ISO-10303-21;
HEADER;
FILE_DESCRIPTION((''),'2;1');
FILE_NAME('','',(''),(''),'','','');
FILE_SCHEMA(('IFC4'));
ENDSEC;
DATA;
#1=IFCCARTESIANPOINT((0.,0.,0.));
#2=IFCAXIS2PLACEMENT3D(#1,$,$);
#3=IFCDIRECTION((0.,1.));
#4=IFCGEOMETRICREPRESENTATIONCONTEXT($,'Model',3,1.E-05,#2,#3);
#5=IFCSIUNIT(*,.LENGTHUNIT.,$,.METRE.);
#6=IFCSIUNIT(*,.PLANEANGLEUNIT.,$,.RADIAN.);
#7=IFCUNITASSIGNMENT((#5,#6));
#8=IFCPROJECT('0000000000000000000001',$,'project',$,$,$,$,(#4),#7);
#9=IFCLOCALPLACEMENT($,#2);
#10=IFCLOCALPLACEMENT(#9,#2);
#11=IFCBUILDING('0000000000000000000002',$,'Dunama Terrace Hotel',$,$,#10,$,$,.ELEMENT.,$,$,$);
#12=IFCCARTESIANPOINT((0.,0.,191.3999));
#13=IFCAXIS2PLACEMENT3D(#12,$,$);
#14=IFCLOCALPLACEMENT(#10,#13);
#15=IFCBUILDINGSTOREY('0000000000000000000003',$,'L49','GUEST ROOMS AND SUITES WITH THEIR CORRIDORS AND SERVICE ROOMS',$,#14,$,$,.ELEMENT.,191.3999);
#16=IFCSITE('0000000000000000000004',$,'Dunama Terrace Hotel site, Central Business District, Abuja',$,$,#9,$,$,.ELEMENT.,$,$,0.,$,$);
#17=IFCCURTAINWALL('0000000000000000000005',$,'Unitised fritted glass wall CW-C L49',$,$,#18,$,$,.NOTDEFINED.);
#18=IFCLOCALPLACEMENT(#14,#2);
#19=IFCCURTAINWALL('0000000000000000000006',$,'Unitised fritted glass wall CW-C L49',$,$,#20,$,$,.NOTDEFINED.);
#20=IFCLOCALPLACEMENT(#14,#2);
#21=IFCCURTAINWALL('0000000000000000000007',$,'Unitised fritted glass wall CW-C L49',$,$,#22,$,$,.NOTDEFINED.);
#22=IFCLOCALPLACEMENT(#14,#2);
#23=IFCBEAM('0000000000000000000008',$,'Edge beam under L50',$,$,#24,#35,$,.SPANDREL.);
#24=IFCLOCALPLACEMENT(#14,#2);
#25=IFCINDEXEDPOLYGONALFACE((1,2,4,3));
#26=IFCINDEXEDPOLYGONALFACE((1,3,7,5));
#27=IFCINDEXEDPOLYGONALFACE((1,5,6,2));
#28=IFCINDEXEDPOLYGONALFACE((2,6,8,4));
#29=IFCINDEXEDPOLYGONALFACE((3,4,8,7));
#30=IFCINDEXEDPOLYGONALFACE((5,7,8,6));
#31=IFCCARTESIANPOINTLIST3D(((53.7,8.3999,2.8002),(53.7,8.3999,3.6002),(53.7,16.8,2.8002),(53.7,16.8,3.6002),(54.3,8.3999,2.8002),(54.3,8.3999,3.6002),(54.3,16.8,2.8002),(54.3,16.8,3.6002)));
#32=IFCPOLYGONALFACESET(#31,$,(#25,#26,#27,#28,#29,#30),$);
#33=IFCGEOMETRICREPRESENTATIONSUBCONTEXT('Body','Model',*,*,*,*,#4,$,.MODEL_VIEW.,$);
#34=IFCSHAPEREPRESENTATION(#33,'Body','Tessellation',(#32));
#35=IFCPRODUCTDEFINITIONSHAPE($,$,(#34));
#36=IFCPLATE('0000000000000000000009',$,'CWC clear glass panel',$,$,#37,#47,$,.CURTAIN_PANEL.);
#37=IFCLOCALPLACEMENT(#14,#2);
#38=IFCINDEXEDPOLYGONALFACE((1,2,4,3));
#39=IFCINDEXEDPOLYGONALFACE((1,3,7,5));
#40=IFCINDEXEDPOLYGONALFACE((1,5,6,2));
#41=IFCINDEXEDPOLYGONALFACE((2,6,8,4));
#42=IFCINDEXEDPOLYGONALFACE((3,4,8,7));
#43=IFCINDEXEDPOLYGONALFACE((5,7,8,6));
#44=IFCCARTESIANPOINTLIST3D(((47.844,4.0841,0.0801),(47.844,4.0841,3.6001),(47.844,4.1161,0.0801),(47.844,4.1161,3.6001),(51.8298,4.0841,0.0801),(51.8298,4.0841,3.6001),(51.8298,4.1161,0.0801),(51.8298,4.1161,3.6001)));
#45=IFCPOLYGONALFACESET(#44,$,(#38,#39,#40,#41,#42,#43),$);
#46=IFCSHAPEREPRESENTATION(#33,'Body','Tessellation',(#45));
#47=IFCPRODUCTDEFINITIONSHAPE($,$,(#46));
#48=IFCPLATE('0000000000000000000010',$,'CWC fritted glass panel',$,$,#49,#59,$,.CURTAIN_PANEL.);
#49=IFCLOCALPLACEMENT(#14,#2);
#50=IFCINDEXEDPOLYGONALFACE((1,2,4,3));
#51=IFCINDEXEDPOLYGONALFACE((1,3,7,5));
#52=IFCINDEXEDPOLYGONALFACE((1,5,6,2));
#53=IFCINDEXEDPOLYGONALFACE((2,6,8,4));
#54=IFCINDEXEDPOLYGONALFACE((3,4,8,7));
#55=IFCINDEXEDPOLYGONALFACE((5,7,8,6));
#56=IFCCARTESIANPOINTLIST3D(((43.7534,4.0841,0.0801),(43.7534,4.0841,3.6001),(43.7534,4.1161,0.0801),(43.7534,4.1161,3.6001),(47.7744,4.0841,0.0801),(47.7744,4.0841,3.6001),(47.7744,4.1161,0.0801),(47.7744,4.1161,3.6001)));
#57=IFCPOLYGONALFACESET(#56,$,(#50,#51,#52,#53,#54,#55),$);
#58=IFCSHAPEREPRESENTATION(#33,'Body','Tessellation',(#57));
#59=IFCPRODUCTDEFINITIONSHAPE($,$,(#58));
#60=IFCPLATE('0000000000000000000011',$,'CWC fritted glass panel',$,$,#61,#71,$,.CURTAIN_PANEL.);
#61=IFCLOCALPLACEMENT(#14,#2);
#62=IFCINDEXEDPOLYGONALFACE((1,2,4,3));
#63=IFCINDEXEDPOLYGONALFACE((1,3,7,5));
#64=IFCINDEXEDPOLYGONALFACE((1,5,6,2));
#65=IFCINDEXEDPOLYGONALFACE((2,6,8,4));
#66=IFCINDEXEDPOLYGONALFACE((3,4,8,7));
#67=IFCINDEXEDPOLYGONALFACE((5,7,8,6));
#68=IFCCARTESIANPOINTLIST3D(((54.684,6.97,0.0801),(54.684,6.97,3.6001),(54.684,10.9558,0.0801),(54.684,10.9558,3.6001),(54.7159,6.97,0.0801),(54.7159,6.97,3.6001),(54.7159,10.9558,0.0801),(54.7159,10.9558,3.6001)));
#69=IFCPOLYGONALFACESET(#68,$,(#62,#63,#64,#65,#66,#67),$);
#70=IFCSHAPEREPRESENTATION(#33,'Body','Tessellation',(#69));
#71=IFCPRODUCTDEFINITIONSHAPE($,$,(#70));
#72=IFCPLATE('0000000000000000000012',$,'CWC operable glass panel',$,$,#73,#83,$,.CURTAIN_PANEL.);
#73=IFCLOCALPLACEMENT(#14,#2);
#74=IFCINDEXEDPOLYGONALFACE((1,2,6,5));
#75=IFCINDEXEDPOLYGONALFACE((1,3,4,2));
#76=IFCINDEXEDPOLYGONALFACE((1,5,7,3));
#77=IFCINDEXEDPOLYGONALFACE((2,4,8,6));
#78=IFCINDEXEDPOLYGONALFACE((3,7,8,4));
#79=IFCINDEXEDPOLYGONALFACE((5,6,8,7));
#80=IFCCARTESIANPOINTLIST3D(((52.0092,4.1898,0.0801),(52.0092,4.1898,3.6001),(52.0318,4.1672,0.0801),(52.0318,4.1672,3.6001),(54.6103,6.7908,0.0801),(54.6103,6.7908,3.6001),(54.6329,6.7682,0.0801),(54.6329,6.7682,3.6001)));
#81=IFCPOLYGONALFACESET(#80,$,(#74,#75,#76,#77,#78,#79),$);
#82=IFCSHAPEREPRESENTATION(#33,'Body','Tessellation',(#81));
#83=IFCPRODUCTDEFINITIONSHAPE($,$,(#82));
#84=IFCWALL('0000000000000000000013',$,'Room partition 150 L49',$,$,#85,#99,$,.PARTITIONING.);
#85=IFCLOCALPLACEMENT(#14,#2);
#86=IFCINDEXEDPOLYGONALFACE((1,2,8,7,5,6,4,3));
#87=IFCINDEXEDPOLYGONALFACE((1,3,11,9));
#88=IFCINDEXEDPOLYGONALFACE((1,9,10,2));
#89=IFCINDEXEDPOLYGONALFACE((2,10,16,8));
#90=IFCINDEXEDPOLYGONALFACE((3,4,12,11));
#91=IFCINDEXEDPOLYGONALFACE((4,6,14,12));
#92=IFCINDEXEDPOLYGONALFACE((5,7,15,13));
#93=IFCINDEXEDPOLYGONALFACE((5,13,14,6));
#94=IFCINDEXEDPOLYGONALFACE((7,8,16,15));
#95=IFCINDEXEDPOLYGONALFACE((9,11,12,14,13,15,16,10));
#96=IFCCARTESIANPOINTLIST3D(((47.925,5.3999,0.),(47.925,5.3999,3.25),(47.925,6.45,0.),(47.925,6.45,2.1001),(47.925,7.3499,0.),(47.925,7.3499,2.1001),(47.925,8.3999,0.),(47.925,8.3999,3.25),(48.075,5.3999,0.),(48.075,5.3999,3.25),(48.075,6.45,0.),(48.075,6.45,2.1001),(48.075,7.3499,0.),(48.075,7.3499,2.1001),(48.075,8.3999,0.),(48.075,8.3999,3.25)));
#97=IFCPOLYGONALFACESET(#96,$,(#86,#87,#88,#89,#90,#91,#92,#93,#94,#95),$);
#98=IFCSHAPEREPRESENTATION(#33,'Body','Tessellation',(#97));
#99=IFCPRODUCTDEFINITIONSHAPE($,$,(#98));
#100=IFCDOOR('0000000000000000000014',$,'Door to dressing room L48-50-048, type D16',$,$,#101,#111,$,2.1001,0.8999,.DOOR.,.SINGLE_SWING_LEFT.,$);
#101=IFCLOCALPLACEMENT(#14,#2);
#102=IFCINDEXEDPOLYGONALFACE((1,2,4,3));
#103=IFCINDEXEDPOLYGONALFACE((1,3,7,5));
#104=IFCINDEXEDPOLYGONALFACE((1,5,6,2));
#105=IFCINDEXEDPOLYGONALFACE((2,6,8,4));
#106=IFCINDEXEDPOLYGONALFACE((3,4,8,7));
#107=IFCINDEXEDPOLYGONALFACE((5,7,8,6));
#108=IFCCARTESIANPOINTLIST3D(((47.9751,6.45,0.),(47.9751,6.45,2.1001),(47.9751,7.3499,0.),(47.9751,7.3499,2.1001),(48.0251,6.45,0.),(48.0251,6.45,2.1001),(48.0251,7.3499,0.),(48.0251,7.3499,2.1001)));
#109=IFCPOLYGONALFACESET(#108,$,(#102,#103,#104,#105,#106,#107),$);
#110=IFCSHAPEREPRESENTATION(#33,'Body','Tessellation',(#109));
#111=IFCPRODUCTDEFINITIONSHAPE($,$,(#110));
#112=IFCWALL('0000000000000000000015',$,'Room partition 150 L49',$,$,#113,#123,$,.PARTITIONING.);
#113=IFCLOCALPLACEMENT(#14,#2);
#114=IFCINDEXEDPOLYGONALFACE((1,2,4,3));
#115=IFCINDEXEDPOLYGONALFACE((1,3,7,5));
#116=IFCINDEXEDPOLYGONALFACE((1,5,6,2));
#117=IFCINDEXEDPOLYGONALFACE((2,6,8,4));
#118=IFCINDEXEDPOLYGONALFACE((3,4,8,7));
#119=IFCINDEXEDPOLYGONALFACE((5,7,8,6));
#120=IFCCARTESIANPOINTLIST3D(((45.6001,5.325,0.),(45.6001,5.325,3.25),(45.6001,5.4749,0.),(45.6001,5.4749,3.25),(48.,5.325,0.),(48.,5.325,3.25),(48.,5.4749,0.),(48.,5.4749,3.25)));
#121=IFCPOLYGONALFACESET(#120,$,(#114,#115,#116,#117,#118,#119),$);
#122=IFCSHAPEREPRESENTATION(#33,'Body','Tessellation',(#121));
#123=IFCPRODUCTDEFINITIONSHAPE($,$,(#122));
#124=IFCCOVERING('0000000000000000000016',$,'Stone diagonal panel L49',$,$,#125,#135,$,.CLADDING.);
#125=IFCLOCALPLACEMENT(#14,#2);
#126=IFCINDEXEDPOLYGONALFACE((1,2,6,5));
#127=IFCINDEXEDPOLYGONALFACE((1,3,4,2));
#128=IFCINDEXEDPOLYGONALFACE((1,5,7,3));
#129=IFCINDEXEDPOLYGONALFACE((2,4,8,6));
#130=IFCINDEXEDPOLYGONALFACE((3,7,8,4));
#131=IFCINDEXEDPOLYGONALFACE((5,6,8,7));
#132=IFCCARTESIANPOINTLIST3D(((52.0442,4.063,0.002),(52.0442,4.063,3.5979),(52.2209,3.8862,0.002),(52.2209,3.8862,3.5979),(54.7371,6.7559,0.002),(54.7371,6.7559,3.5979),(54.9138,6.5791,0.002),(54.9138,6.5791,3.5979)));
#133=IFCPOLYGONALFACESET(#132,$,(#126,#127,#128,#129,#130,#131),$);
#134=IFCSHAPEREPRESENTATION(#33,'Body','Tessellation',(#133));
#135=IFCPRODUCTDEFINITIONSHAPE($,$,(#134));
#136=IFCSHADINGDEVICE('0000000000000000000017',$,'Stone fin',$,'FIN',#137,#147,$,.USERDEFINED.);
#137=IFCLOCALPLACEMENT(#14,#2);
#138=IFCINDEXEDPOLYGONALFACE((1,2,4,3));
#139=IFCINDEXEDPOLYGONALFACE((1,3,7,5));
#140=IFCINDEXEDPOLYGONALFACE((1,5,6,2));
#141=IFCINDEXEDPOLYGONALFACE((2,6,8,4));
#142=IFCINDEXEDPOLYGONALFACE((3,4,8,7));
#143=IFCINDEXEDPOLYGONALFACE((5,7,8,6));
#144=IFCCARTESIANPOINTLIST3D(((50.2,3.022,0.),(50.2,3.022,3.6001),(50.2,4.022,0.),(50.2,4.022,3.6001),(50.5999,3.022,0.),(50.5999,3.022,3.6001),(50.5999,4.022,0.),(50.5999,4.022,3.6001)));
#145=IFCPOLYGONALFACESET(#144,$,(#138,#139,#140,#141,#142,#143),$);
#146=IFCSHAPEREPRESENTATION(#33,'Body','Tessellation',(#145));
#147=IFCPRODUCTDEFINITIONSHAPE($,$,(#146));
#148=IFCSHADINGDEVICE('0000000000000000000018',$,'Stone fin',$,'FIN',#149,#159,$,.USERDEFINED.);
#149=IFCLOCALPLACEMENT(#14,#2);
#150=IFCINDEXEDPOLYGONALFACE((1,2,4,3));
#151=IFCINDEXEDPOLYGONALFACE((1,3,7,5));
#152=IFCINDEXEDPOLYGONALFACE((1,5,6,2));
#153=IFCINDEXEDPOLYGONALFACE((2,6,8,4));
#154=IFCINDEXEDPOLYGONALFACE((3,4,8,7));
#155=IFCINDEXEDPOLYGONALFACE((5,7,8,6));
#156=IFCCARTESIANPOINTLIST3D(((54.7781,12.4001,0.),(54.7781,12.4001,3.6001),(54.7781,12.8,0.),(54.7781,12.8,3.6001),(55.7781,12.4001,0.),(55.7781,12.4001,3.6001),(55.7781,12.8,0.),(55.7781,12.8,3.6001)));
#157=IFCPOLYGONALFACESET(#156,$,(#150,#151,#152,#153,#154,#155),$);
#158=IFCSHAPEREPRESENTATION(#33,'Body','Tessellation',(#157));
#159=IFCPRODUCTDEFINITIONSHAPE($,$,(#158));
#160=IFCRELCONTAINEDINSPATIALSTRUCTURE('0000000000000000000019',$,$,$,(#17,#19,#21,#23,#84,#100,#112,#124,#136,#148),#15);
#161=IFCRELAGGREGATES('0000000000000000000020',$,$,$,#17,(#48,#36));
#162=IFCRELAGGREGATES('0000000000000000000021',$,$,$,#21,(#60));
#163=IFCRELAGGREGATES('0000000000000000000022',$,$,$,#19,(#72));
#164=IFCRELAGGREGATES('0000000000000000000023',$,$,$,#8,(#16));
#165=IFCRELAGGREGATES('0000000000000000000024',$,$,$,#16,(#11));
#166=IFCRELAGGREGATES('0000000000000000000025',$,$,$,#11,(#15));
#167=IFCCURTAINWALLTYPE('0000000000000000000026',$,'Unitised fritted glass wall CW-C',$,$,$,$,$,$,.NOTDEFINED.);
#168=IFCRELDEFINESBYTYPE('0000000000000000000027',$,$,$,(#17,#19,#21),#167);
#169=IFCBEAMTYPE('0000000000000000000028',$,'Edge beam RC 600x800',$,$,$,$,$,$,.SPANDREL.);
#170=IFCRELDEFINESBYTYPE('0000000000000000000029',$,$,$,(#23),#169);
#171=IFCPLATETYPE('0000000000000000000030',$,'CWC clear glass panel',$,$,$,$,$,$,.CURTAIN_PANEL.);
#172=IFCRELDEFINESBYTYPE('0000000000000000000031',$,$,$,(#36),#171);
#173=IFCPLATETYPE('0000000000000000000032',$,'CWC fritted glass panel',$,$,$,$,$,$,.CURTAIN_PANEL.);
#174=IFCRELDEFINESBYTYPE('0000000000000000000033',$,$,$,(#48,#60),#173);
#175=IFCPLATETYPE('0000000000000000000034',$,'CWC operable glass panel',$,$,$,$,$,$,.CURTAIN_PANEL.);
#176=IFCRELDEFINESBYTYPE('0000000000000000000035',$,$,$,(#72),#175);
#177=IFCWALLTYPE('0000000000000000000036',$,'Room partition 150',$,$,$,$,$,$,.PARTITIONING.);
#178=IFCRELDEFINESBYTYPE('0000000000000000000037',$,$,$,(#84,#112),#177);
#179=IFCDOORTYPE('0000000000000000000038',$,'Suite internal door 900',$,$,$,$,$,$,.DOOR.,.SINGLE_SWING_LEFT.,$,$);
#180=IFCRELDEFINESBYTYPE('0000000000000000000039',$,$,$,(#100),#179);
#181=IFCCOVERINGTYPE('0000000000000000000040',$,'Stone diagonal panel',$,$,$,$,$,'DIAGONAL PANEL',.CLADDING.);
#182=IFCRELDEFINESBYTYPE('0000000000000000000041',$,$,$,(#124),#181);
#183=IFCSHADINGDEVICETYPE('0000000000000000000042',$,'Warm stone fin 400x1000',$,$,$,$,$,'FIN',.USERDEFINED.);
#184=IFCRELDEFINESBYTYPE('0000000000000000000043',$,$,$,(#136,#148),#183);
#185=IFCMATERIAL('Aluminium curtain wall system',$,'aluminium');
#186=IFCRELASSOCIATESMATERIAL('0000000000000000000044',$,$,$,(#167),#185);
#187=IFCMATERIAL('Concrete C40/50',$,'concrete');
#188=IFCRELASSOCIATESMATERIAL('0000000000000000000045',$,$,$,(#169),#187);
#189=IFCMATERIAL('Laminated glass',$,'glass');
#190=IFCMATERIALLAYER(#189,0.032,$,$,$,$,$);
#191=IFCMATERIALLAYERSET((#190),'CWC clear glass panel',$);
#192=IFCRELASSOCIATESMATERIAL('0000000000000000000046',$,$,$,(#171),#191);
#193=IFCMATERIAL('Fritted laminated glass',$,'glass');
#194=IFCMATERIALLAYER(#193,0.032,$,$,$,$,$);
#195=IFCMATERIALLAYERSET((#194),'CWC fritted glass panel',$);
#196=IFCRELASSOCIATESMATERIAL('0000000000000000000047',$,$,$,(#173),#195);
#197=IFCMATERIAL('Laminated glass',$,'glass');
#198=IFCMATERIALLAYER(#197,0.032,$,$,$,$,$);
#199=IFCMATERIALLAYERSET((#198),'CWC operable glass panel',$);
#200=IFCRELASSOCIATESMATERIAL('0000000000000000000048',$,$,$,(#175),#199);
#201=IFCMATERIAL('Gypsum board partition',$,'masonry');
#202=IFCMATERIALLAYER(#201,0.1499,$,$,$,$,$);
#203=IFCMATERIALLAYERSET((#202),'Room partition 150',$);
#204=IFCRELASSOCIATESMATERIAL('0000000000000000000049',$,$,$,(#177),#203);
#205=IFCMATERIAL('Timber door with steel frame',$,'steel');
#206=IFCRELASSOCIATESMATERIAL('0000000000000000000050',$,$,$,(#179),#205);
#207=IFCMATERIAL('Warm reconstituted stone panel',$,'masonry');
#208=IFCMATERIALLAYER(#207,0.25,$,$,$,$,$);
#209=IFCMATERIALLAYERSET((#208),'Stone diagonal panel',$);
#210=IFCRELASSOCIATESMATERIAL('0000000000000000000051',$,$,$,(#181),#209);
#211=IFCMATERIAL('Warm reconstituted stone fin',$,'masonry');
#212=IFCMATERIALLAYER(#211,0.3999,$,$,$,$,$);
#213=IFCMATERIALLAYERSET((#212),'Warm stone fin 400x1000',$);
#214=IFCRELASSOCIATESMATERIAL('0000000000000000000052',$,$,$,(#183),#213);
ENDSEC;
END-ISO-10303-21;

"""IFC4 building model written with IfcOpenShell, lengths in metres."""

from ifc_helpers import new_model, si_unit, direction, frame, frame_2d, origin, origin_2d, place, context, subcontext, project, spatial, rectangle, extrude, material, layer, layer_set, material_profile, profile_set, type_object, element, fill, aggregate, save


model = new_model("IFC4")

# Units and contexts
model_context = context("Model", 3, precision=1e-05, world=origin(), true_north=direction((0.0, 1.0)))
body_context = subcontext(model_context, "Body", "Model", "MODEL_VIEW")
ifc_project = project(units=[si_unit("LENGTHUNIT", "METRE"), si_unit("PLANEANGLEUNIT", "RADIAN")], contexts=[model_context])

# Site, building, storey
site_placement = place(None, origin())
site = spatial("IfcSite", under=ifc_project, at=site_placement, Name="Dunama Terrace Hotel site, Central Business District, Abuja", CompositionType="ELEMENT", RefElevation=0.0)
building_placement = place(site_placement, origin())
building = spatial("IfcBuilding", under=site, at=building_placement, Name="Dunama Terrace Hotel", CompositionType="ELEMENT")
storey_placement = place(building_placement, frame((0.0, 0.0, 191.3999)))
storey = spatial("IfcBuildingStorey", under=building, at=storey_placement, Name="L49", Description="GUEST ROOMS AND SUITES WITH THEIR CORRIDORS AND SERVICE ROOMS", CompositionType="ELEMENT", Elevation=191.3999)

# Curtain walls
ifc_material_1 = material(Name="Aluminium curtain wall system", Category="aluminium")
curtain_wall_type = type_object("IfcCurtainWallType", Name="Unitised fritted glass wall CW-C", PredefinedType="NOTDEFINED", material=ifc_material_1)
curtain_wall_1_placement = place(storey_placement, origin())
curtain_wall_1 = element("IfcCurtainWall", 1, at=curtain_wall_1_placement, inside=storey, type_object=curtain_wall_type, Name="Unitised fritted glass wall CW-C L49", PredefinedType="NOTDEFINED")
curtain_wall_2_placement = place(storey_placement, origin())
curtain_wall_2 = element("IfcCurtainWall", 2, at=curtain_wall_2_placement, inside=storey, type_object=curtain_wall_type, Name="Unitised fritted glass wall CW-C L49", PredefinedType="NOTDEFINED")
curtain_wall_3_placement = place(storey_placement, origin())
curtain_wall_3 = element("IfcCurtainWall", 3, at=curtain_wall_3_placement, inside=storey, type_object=curtain_wall_type, Name="Unitised fritted glass wall CW-C L49", PredefinedType="NOTDEFINED")

# Beam
ifc_material_2 = material(Name="Concrete C40/50", Category="concrete")
ifc_material_profile_1 = material_profile(ifc_material_2, rectangle(XDim=0.6001, YDim=0.8, at=origin_2d()), Name="RC 600x800")
ifc_profile_set_1 = profile_set([ifc_material_profile_1], Name="Concrete C40/50")
beam_type_1 = type_object("IfcBeamType", Name="Edge beam RC 600x800", PredefinedType="SPANDREL", material=ifc_profile_set_1)
beam_1_placement = place(storey_placement, frame((54.0, 8.3999, 3.2002), z_axis=(0.0, 1.0, 0.0), x_axis=(-1.0, 0.0, 0.0)))
element("IfcBeam", 4, at=beam_1_placement, inside=storey, type_object=beam_type_1, Name="Edge beam under L50", PredefinedType="SPANDREL", context=body_context, shape_type="SweptSolid", body=[
    extrude(rectangle(XDim=0.6001, YDim=0.8, at=origin_2d()), origin(), (0.0, 0.0, 1.0), 8.4001),
])

# Plates
ifc_material_3 = material(Name="Laminated glass", Category="glass")
ifc_layer_1 = layer(ifc_material_3, 0.032)
ifc_layer_set_1 = layer_set([ifc_layer_1], Name="CWC clear glass panel")
plate_type_1 = type_object("IfcPlateType", Name="CWC clear glass panel", PredefinedType="CURTAIN_PANEL", material=ifc_layer_set_1)
plate_1_placement = place(storey_placement, frame((49.8369, 4.1001, 0.0801), z_axis=(0.0, 0.0, 1.0), x_axis=(1.0, 0.0, 0.0)))
plate_1 = element("IfcPlate", 5, at=plate_1_placement, type_object=plate_type_1, Name="CWC clear glass panel", PredefinedType="CURTAIN_PANEL", context=body_context, shape_type="SweptSolid", body=[
    extrude(rectangle(XDim=3.9858, YDim=0.032, at=origin_2d()), origin(), (0.0, 0.0, 1.0), 3.52),
])
ifc_material_4 = material(Name="Fritted laminated glass", Category="glass")
ifc_layer_2 = layer(ifc_material_4, 0.032)
ifc_layer_set_2 = layer_set([ifc_layer_2], Name="CWC fritted glass panel")
plate_type_2 = type_object("IfcPlateType", Name="CWC fritted glass panel", PredefinedType="CURTAIN_PANEL", material=ifc_layer_set_2)
plate_2_placement = place(storey_placement, frame((45.7639, 4.1001, 0.0801), z_axis=(0.0, 0.0, 1.0), x_axis=(1.0, 0.0, 0.0)))
plate_2 = element("IfcPlate", 6, at=plate_2_placement, type_object=plate_type_2, Name="CWC fritted glass panel", PredefinedType="CURTAIN_PANEL", context=body_context, shape_type="SweptSolid", body=[
    extrude(rectangle(XDim=4.021, YDim=0.032, at=origin_2d()), origin(), (0.0, 0.0, 1.0), 3.52),
])
aggregate(curtain_wall_1, [plate_2, plate_1])
plate_3_placement = place(storey_placement, frame((54.7, 8.9629, 0.0801), z_axis=(0.0, 0.0, 1.0), x_axis=(0.0, 1.0, 0.0)))
plate_3 = element("IfcPlate", 7, at=plate_3_placement, type_object=plate_type_2, Name="CWC fritted glass panel", PredefinedType="CURTAIN_PANEL", context=body_context, shape_type="SweptSolid", body=[
    extrude(rectangle(XDim=3.9858, YDim=0.032, at=origin_2d()), origin(), (0.0, 0.0, 1.0), 3.52),
])
aggregate(curtain_wall_3, [plate_3])
ifc_material_5 = material(Name="Laminated glass", Category="glass")
ifc_layer_3 = layer(ifc_material_5, 0.032)
ifc_layer_set_3 = layer_set([ifc_layer_3], Name="CWC operable glass panel")
plate_type_3 = type_object("IfcPlateType", Name="CWC operable glass panel", PredefinedType="CURTAIN_PANEL", material=ifc_layer_set_3)
plate_4_placement = place(storey_placement, frame((53.321, 5.479, 0.0801), z_axis=(0.0, 0.0, 1.0), x_axis=(0.707107, 0.707107, 0.0)))
plate_4 = element("IfcPlate", 8, at=plate_4_placement, type_object=plate_type_3, Name="CWC operable glass panel", PredefinedType="CURTAIN_PANEL", context=body_context, shape_type="SweptSolid", body=[
    extrude(rectangle(XDim=3.6785, YDim=0.032, at=origin_2d()), origin(), (0.0, 0.0, 1.0), 3.52),
])
aggregate(curtain_wall_2, [plate_4])

# Wall, opening, door
ifc_material_6 = material(Name="Gypsum board partition", Category="masonry")
ifc_layer_4 = layer(ifc_material_6, 0.1499)
ifc_layer_set_4 = layer_set([ifc_layer_4], Name="Room partition 150")
wall_type = type_object("IfcWallType", Name="Room partition 150", PredefinedType="PARTITIONING", material=ifc_layer_set_4)
wall_1_placement = place(storey_placement, frame((48.0, 5.3999, 0.0), z_axis=(0.0, 0.0, 1.0), x_axis=(0.0, 1.0, 0.0)))
wall_1 = element("IfcWall", 9, at=wall_1_placement, inside=storey, type_object=wall_type, Name="Room partition 150 L49", PredefinedType="PARTITIONING", context=body_context, shape_type="SweptSolid", body=[
    extrude(rectangle(XDim=3.0, YDim=0.1499, at=frame_2d((1.5, 0.0))), origin(), (0.0, 0.0, 1.0), 3.25),
])
opening_placement = place(wall_1_placement, frame((1.05, 0.0, 0.0)))
opening = element("IfcOpeningElement", 10, at=opening_placement, cuts=wall_1, PredefinedType="OPENING", context=body_context, shape_type="SweptSolid", body=[
    extrude(rectangle(XDim=0.8999, YDim=2.1001, at=frame_2d((0.45, 1.05))), frame((0.0, 0.085, 0.0), z_axis=(0.0, -1.0, 0.0), x_axis=(1.0, 0.0, 0.0)), (0.0, 0.0, 1.0), 0.1699),
])
ifc_material_7 = material(Name="Timber door with steel frame", Category="steel")
door_type = type_object("IfcDoorType", Name="Suite internal door 900", OperationType="SINGLE_SWING_LEFT", PredefinedType="DOOR", material=ifc_material_7)
door_placement = place(opening_placement, origin())
door = element("IfcDoor", 11, at=door_placement, inside=storey, type_object=door_type, Name="Door to dressing room L48-50-048, type D16", OperationType="SINGLE_SWING_LEFT", OverallHeight=2.1001, OverallWidth=0.8999, PredefinedType="DOOR", context=body_context, shape_type="SweptSolid", body=[
    extrude(rectangle(XDim=0.8999, YDim=2.1001, at=frame_2d((0.45, 1.05))), frame((0.0, 0.0249, 0.0), z_axis=(0.0, -1.0, 0.0), x_axis=(1.0, 0.0, 0.0)), (0.0, 0.0, 1.0), 0.05),
])
fill(opening, door)

# Wall
wall_2_placement = place(storey_placement, frame((45.6001, 5.3999, 0.0), z_axis=(0.0, 0.0, 1.0), x_axis=(1.0, 0.0, 0.0)))
element("IfcWall", 12, at=wall_2_placement, inside=storey, type_object=wall_type, Name="Room partition 150 L49", PredefinedType="PARTITIONING", context=body_context, shape_type="SweptSolid", body=[
    extrude(rectangle(XDim=2.3999, YDim=0.1499, at=frame_2d((1.2, 0.0))), origin(), (0.0, 0.0, 1.0), 3.25),
])

# Covering
ifc_material_8 = material(Name="Warm reconstituted stone panel", Category="masonry")
ifc_layer_5 = layer(ifc_material_8, 0.25)
ifc_layer_set_5 = layer_set([ifc_layer_5], Name="Stone diagonal panel")
covering_type = type_object("IfcCoveringType", Name="Stone diagonal panel", ElementType="DIAGONAL PANEL", PredefinedType="CLADDING", material=ifc_layer_set_5)
covering_placement = place(storey_placement, frame((53.479, 5.321, 0.002), z_axis=(0.0, 0.0, 1.0), x_axis=(0.707107, 0.707107, 0.0)))
element("IfcCovering", 13, at=covering_placement, inside=storey, type_object=covering_type, Name="Stone diagonal panel L49", PredefinedType="CLADDING", context=body_context, shape_type="SweptSolid", body=[
    extrude(rectangle(XDim=3.8083, YDim=0.25, at=origin_2d()), origin(), (0.0, 0.0, 1.0), 3.5959),
])

# Shading devices
ifc_material_9 = material(Name="Warm reconstituted stone fin", Category="masonry")
ifc_layer_6 = layer(ifc_material_9, 0.3999)
ifc_layer_set_6 = layer_set([ifc_layer_6], Name="Warm stone fin 400x1000")
shading_device_type = type_object("IfcShadingDeviceType", Name="Warm stone fin 400x1000", ElementType="FIN", PredefinedType="USERDEFINED", material=ifc_layer_set_6)
for number, where, z_axis, x_axis, name in (
    (14, (50.3999, 3.522, 0.0), (0.0, 0.0, 1.0), (1.0, 0.0, 0.0), "Stone fin"),
    (15, (55.2781, 12.6001, 0.0), (0.0, 0.0, 1.0), (0.0, 1.0, 0.0), "Stone fin"),
):
    element("IfcShadingDevice", number, at=place(storey_placement, frame(where, z_axis=z_axis, x_axis=x_axis)), inside=storey, type_object=shading_device_type, Name=name, ObjectType="FIN", PredefinedType="USERDEFINED", context=body_context, shape_type="SweptSolid", body=[
        extrude(rectangle(XDim=0.3999, YDim=1.0, at=origin_2d()), origin(), (0.0, 0.0, 1.0), 3.6001),
    ])

save(model, "model.ifc")
